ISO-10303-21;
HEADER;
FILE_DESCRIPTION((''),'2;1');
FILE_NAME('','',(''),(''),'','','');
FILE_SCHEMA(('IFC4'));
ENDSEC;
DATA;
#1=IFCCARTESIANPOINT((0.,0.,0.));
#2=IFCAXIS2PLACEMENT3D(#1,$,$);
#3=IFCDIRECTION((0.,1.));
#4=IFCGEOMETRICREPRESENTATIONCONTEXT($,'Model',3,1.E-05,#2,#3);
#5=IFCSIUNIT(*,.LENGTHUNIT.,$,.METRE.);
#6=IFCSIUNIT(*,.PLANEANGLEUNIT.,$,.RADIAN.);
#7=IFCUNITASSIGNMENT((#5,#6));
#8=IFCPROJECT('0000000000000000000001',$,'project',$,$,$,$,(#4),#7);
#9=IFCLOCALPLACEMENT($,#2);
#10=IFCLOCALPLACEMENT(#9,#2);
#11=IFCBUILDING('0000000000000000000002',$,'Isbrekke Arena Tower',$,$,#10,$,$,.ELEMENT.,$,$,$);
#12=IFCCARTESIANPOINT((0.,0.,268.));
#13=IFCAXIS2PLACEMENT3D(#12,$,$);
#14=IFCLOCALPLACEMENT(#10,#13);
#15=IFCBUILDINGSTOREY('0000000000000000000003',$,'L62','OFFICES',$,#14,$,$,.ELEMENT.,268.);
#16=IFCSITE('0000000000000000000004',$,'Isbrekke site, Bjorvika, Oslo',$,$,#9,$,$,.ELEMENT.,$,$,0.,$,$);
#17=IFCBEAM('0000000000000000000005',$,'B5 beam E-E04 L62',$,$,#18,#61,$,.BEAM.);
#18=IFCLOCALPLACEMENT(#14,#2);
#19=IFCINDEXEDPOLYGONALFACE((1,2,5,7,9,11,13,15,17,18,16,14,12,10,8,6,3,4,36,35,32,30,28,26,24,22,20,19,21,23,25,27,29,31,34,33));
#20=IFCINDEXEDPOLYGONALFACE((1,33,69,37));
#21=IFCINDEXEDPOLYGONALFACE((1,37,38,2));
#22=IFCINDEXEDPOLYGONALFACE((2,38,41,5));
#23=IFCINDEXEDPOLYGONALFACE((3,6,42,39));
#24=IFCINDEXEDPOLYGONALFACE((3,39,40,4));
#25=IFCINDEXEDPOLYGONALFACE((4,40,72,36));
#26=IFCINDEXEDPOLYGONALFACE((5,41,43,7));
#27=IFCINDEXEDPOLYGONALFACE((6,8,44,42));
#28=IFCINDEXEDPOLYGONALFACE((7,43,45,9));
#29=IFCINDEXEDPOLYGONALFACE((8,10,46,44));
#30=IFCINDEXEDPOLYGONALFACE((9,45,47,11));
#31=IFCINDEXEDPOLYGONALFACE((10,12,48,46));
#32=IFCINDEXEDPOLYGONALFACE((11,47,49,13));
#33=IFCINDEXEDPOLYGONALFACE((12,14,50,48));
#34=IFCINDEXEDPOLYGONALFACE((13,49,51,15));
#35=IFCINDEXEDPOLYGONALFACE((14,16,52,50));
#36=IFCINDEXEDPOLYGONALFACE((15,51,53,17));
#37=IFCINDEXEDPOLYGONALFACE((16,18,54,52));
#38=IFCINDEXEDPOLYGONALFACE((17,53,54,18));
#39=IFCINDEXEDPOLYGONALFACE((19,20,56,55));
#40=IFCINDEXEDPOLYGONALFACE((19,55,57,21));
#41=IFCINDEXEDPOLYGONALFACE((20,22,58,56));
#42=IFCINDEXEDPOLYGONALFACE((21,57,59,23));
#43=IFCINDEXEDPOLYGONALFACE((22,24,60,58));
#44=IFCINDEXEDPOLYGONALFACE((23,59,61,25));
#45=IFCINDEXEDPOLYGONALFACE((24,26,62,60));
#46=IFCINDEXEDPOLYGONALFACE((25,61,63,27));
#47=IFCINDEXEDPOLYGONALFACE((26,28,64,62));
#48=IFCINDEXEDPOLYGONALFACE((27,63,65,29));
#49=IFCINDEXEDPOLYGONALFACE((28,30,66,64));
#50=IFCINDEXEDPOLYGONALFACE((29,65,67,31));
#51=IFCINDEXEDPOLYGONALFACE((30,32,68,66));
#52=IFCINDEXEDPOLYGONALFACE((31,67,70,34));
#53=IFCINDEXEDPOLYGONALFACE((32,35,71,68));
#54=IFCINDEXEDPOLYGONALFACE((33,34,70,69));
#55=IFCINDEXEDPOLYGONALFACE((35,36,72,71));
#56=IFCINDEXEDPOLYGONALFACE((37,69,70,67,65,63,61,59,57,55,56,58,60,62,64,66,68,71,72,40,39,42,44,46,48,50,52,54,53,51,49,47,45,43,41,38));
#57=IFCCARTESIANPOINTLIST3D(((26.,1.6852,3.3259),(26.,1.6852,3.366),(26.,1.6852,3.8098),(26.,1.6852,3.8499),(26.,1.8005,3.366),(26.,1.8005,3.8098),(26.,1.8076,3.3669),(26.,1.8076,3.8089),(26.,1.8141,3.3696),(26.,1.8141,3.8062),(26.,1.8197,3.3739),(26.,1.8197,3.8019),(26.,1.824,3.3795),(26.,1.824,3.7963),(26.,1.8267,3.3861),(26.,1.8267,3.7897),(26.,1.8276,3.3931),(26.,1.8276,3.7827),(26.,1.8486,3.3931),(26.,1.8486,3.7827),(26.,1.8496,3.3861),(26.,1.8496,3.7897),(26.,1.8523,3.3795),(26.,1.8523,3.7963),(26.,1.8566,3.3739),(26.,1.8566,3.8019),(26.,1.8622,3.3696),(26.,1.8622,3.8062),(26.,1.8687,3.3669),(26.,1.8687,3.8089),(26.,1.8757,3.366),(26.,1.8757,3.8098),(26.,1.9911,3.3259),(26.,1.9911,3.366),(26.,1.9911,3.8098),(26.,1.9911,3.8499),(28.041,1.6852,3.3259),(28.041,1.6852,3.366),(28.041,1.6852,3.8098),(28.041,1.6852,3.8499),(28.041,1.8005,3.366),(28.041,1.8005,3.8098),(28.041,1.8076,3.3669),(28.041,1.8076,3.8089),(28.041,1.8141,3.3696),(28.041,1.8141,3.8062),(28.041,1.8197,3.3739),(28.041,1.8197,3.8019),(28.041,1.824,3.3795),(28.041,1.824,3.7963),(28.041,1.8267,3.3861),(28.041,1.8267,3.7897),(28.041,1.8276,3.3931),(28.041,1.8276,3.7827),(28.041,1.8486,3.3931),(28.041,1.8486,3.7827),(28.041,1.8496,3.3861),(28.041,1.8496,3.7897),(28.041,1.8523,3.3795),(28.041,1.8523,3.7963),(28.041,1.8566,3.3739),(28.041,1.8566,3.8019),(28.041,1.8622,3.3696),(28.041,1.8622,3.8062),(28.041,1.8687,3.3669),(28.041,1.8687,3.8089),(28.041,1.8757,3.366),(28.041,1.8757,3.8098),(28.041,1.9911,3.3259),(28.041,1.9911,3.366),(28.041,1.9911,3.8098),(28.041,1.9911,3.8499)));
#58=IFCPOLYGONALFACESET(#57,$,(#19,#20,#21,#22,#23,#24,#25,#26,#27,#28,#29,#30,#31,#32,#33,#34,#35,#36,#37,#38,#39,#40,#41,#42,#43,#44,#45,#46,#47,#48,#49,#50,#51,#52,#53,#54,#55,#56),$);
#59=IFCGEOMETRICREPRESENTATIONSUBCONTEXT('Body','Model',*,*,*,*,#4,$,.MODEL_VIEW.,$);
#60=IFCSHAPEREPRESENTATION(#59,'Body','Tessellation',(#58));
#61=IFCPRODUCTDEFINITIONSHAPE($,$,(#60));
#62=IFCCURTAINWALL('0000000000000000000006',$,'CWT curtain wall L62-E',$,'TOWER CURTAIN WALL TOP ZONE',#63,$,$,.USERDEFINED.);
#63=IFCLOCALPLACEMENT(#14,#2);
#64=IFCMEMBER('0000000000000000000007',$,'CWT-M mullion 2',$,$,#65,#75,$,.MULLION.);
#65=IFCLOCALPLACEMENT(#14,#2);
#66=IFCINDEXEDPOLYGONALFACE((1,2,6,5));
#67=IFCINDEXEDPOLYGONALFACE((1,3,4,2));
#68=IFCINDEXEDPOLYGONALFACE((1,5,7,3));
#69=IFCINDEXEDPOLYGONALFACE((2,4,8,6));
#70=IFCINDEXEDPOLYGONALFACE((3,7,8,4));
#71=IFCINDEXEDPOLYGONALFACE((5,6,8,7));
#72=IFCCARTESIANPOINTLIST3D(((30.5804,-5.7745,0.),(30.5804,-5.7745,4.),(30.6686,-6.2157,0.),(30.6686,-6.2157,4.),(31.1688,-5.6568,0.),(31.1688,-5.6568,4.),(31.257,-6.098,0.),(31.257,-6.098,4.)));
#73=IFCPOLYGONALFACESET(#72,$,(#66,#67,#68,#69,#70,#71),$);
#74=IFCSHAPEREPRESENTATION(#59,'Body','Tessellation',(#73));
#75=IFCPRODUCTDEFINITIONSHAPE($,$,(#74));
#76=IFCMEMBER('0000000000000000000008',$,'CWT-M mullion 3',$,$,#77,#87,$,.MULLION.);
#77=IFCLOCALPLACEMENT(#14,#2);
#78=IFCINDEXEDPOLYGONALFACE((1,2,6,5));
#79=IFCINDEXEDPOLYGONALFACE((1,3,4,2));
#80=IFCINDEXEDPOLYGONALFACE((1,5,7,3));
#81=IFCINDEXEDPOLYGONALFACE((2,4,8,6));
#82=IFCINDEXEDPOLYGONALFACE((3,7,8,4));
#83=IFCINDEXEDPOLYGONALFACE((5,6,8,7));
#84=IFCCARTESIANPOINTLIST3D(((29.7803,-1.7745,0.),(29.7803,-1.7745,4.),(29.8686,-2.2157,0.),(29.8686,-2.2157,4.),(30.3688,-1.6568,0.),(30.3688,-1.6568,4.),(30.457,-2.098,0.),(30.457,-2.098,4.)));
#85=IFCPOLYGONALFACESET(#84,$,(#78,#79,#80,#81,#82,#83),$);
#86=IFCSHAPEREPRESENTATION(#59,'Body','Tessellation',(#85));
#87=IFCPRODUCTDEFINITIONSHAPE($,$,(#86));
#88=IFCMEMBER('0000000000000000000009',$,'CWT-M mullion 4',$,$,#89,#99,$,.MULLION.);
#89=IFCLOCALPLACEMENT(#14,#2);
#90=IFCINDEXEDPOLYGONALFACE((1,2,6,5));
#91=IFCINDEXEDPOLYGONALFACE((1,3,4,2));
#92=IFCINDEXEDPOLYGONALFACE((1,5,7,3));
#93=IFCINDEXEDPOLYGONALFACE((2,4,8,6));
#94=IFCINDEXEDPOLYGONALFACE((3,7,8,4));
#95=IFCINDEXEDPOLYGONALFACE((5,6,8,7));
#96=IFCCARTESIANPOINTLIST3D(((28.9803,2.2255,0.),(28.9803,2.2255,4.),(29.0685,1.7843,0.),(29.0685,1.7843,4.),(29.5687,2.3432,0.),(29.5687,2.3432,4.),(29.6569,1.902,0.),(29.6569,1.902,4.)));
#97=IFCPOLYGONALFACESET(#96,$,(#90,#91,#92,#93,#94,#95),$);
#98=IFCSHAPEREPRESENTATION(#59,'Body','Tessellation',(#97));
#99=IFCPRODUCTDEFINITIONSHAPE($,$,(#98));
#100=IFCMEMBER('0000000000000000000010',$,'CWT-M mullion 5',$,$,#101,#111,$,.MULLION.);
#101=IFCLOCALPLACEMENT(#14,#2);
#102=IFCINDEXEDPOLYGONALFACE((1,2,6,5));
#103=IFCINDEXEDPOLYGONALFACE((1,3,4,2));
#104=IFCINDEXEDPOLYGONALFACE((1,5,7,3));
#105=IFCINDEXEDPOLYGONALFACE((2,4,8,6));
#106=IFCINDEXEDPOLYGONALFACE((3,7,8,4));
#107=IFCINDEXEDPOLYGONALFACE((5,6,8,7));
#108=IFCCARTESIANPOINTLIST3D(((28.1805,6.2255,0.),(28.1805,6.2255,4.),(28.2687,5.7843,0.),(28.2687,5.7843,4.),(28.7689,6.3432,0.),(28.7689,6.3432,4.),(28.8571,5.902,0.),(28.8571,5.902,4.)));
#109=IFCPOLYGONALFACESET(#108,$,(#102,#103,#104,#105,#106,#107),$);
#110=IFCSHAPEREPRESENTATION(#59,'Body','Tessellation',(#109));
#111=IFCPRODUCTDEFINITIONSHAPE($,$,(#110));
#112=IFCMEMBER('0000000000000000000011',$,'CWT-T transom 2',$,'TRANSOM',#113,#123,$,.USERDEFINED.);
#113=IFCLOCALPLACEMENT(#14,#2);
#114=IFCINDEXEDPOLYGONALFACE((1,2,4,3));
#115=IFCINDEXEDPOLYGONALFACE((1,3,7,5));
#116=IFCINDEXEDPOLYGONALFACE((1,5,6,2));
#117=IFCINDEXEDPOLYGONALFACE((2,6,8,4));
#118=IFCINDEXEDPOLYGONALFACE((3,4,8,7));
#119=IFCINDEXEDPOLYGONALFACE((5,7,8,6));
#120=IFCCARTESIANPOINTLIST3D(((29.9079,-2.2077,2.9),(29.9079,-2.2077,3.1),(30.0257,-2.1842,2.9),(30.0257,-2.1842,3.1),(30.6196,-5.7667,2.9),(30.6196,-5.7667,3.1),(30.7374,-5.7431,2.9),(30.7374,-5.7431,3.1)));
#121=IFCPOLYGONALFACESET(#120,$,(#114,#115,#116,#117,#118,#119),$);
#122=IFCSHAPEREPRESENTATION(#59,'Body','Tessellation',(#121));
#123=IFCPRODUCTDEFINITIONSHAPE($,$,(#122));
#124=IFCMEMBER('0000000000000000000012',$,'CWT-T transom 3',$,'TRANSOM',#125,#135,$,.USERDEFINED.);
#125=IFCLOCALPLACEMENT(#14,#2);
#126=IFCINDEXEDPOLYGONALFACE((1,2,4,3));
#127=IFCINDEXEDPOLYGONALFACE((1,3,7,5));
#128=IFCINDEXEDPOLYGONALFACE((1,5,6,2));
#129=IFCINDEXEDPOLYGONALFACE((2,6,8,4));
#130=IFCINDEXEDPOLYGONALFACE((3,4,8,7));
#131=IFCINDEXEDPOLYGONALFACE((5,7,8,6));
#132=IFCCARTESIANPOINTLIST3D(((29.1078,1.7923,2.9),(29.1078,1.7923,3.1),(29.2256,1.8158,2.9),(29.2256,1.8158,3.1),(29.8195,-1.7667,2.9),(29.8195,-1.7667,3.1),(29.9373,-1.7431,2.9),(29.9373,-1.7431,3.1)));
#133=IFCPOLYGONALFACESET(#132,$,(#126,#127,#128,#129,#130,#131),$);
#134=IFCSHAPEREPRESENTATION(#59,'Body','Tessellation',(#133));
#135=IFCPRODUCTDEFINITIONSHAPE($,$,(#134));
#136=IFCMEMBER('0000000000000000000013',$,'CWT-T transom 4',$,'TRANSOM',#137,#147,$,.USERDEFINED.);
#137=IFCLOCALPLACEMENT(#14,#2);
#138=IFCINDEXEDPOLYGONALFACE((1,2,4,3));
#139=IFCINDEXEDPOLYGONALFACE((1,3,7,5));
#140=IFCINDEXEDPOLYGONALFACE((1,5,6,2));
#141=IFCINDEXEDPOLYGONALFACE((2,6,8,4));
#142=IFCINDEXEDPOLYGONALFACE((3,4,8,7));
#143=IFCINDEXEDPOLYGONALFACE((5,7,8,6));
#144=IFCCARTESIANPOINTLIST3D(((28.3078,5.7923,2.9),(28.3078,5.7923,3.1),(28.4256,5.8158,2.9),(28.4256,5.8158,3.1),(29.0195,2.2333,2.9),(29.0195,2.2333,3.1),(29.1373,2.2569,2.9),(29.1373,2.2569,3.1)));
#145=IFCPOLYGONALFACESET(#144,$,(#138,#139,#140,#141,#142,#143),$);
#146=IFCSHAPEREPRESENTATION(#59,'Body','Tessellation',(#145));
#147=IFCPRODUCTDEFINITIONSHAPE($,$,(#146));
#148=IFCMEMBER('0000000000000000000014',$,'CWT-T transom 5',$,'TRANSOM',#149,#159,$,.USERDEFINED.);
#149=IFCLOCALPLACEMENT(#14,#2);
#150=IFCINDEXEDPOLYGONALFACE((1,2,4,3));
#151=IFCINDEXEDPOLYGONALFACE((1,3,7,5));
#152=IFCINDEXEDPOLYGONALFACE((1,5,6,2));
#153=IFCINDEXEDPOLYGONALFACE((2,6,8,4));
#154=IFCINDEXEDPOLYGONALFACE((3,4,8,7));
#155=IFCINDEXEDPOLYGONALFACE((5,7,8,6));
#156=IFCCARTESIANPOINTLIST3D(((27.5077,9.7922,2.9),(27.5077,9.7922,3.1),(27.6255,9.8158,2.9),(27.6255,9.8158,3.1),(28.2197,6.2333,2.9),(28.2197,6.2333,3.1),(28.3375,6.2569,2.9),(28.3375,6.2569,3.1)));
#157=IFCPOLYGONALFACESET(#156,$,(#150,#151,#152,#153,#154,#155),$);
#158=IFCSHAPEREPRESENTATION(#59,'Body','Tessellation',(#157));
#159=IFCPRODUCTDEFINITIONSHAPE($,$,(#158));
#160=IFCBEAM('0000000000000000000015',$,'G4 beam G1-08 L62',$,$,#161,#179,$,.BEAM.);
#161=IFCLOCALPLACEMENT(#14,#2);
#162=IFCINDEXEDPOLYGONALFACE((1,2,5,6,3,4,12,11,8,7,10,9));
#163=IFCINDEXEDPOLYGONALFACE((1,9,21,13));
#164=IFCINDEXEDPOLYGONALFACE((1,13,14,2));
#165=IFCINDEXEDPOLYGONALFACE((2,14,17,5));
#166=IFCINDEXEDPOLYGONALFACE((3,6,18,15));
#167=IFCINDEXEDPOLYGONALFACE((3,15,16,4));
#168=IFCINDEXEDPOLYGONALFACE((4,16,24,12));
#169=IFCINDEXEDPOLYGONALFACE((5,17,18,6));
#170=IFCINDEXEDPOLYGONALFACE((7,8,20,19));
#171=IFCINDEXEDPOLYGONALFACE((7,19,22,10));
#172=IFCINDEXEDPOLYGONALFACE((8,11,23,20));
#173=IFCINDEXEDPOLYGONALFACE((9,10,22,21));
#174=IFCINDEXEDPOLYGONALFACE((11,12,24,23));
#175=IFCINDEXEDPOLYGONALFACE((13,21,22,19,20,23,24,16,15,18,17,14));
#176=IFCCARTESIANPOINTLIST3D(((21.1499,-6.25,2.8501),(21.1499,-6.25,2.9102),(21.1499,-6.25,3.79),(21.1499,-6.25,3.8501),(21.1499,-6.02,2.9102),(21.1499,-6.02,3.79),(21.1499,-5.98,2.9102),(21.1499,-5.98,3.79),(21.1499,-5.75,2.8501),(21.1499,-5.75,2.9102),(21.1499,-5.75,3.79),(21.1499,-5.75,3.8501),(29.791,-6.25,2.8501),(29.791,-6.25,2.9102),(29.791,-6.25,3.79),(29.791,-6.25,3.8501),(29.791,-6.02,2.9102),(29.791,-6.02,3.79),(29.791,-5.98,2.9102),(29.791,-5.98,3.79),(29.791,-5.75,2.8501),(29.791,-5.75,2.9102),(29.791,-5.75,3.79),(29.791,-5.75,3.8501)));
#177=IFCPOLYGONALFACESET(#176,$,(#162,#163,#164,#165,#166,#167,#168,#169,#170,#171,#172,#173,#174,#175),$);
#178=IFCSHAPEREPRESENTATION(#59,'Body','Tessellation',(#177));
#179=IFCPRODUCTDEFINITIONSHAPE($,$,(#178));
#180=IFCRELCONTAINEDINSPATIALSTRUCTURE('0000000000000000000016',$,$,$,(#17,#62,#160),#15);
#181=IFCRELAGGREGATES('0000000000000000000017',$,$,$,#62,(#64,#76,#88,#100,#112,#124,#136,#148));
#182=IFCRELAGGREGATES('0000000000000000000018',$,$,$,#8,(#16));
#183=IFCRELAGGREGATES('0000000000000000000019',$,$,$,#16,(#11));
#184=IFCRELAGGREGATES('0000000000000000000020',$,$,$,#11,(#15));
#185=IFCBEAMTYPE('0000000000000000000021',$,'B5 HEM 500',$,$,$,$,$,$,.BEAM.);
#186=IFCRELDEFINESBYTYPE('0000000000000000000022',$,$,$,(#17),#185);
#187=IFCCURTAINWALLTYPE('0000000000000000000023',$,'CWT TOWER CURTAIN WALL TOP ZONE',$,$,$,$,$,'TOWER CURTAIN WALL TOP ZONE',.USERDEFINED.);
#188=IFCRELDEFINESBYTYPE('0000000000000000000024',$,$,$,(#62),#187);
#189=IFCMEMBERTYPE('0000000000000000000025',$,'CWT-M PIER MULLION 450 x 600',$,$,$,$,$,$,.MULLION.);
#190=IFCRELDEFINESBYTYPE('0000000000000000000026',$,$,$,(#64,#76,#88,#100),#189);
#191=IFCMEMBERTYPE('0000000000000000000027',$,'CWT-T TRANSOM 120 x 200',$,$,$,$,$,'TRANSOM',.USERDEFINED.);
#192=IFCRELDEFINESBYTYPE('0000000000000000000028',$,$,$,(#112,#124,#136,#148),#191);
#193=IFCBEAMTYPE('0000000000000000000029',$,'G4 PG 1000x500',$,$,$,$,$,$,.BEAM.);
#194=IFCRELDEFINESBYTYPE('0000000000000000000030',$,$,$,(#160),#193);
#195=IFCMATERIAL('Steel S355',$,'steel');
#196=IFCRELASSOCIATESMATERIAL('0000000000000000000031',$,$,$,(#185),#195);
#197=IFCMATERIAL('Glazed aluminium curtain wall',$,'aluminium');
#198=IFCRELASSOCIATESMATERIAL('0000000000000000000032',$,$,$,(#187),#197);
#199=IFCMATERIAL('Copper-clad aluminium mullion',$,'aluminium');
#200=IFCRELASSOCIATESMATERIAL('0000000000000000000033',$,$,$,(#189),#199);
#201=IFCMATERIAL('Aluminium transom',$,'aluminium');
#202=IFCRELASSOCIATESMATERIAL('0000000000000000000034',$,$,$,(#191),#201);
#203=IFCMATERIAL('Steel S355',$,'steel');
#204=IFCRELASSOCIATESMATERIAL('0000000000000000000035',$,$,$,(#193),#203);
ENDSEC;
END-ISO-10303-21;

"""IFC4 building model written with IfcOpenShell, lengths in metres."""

from ifc_helpers import new_model, si_unit, direction, frame, origin, origin_2d, place, context, subcontext, project, spatial, rectangle, i_section, extrude, material, material_profile, profile_set, type_object, element, aggregate, save


model = new_model("IFC4")

# Units and contexts
model_context = context("Model", 3, precision=1e-05, world=origin(), true_north=direction((0.0, 1.0)))
body_context = subcontext(model_context, "Body", "Model", "MODEL_VIEW")
ifc_project = project(units=[si_unit("LENGTHUNIT", "METRE"), si_unit("PLANEANGLEUNIT", "RADIAN")], contexts=[model_context])

# Site, building, storey
site_placement = place(None, origin())
site = spatial("IfcSite", under=ifc_project, at=site_placement, Name="Isbrekke site, Bjorvika, Oslo", CompositionType="ELEMENT", RefElevation=0.0)
building_placement = place(site_placement, origin())
building = spatial("IfcBuilding", under=site, at=building_placement, Name="Isbrekke Arena Tower", CompositionType="ELEMENT")
storey_placement = place(building_placement, frame((0.0, 0.0, 268.0)))
storey = spatial("IfcBuildingStorey", under=building, at=storey_placement, Name="L62", Description="OFFICES", CompositionType="ELEMENT", Elevation=268.0)

# Beam
ifc_material_1 = material(Name="Steel S355", Category="steel")
ifc_material_profile_1 = material_profile(ifc_material_1, i_section(OverallWidth=0.3059, OverallDepth=0.5239, WebThickness=0.021, FlangeThickness=0.04, FilletRadius=0.0271, at=origin_2d()), Name="HEM 500")
ifc_profile_set_1 = profile_set([ifc_material_profile_1], Name="Steel S355")
beam_type_1 = type_object("IfcBeamType", Name="B5 HEM 500", PredefinedType="BEAM", material=ifc_profile_set_1)
beam_1_placement = place(storey_placement, frame((28.041, 1.8381, 3.5879), z_axis=(-1.0, 0.0, 0.0), x_axis=(0.0, -1.0, 0.0)))
element("IfcBeam", 1, at=beam_1_placement, inside=storey, type_object=beam_type_1, Name="B5 beam E-E04 L62", PredefinedType="BEAM", context=body_context, shape_type="SweptSolid", body=[
    extrude(i_section(OverallWidth=0.3059, OverallDepth=0.5239, WebThickness=0.021, FlangeThickness=0.04, FilletRadius=0.0271, at=origin_2d()), origin(), (0.0, 0.0, 1.0), 2.041),
])

# Curtain wall, members
ifc_material_2 = material(Name="Glazed aluminium curtain wall", Category="aluminium")
curtain_wall_type = type_object("IfcCurtainWallType", Name="CWT TOWER CURTAIN WALL TOP ZONE", ElementType="TOWER CURTAIN WALL TOP ZONE", PredefinedType="USERDEFINED", material=ifc_material_2)
curtain_wall_placement = place(storey_placement, origin())
curtain_wall = element("IfcCurtainWall", 2, at=curtain_wall_placement, inside=storey, type_object=curtain_wall_type, Name="CWT curtain wall L62-E", ObjectType="TOWER CURTAIN WALL TOP ZONE", PredefinedType="USERDEFINED")
ifc_material_3 = material(Name="Copper-clad aluminium mullion", Category="aluminium")
ifc_material_profile_2 = material_profile(ifc_material_3, rectangle(XDim=0.45, YDim=0.6001, at=origin_2d()), Name="PIER 450X600")
ifc_profile_set_2 = profile_set([ifc_material_profile_2], Name="Copper-clad aluminium mullion")
member_type_1 = type_object("IfcMemberType", Name="CWT-M PIER MULLION 450 x 600", PredefinedType="MULLION", material=ifc_profile_set_2)
member_1_placement = place(storey_placement, frame((30.9187, -5.9363, 0.0), z_axis=(0.0, 0.0, 1.0), x_axis=(-0.196116, 0.980581, 0.0)))
member_1 = element("IfcMember", 3, at=member_1_placement, type_object=member_type_1, Name="CWT-M mullion 2", PredefinedType="MULLION", context=body_context, shape_type="SweptSolid", body=[
    extrude(rectangle(XDim=0.45, YDim=0.6001, at=origin_2d()), origin(), (0.0, 0.0, 1.0), 4.0),
])
member_2_placement = place(storey_placement, frame((30.1187, -1.9363, 0.0), z_axis=(0.0, 0.0, 1.0), x_axis=(-0.196116, 0.980581, 0.0)))
member_2 = element("IfcMember", 4, at=member_2_placement, type_object=member_type_1, Name="CWT-M mullion 3", PredefinedType="MULLION", context=body_context, shape_type="SweptSolid", body=[
    extrude(rectangle(XDim=0.45, YDim=0.6001, at=origin_2d()), origin(), (0.0, 0.0, 1.0), 4.0),
])
member_3_placement = place(storey_placement, frame((29.3186, 2.0637, 0.0), z_axis=(0.0, 0.0, 1.0), x_axis=(-0.196116, 0.980581, 0.0)))
member_3 = element("IfcMember", 5, at=member_3_placement, type_object=member_type_1, Name="CWT-M mullion 4", PredefinedType="MULLION", context=body_context, shape_type="SweptSolid", body=[
    extrude(rectangle(XDim=0.45, YDim=0.6001, at=origin_2d()), origin(), (0.0, 0.0, 1.0), 4.0),
])
member_4_placement = place(storey_placement, frame((28.5188, 6.0637, 0.0), z_axis=(0.0, 0.0, 1.0), x_axis=(-0.196116, 0.980581, 0.0)))
member_4 = element("IfcMember", 6, at=member_4_placement, type_object=member_type_1, Name="CWT-M mullion 5", PredefinedType="MULLION", context=body_context, shape_type="SweptSolid", body=[
    extrude(rectangle(XDim=0.45, YDim=0.6001, at=origin_2d()), origin(), (0.0, 0.0, 1.0), 4.0),
])
ifc_material_4 = material(Name="Aluminium transom", Category="aluminium")
ifc_material_profile_3 = material_profile(ifc_material_4, rectangle(XDim=0.1201, YDim=0.2, at=origin_2d()), Name="TRANSOM 120X200")
ifc_profile_set_3 = profile_set([ifc_material_profile_3], Name="Aluminium transom")
member_type_2 = type_object("IfcMemberType", Name="CWT-T TRANSOM 120 x 200", ElementType="TRANSOM", PredefinedType="USERDEFINED", material=ifc_profile_set_3)
member_5_placement = place(storey_placement, frame((30.6785, -5.7549, 3.0), z_axis=(-0.19609, 0.980586, 0.0), x_axis=(-0.980586, -0.19609, 0.0)))
member_5 = element("IfcMember", 7, at=member_5_placement, type_object=member_type_2, Name="CWT-T transom 2", ObjectType="TRANSOM", PredefinedType="USERDEFINED", context=body_context, shape_type="SweptSolid", body=[
    extrude(rectangle(XDim=0.1201, YDim=0.2, at=origin_2d()), origin(), (0.0, 0.0, 1.0), 3.6294),
])
member_6_placement = place(storey_placement, frame((29.8784, -1.7549, 3.0), z_axis=(-0.19609, 0.980586, 0.0), x_axis=(-0.980586, -0.19609, 0.0)))
member_6 = element("IfcMember", 8, at=member_6_placement, type_object=member_type_2, Name="CWT-T transom 3", ObjectType="TRANSOM", PredefinedType="USERDEFINED", context=body_context, shape_type="SweptSolid", body=[
    extrude(rectangle(XDim=0.1201, YDim=0.2, at=origin_2d()), origin(), (0.0, 0.0, 1.0), 3.6294),
])
member_7_placement = place(storey_placement, frame((29.0784, 2.2451, 3.0), z_axis=(-0.19609, 0.980586, 0.0), x_axis=(-0.980586, -0.19609, 0.0)))
member_7 = element("IfcMember", 9, at=member_7_placement, type_object=member_type_2, Name="CWT-T transom 4", ObjectType="TRANSOM", PredefinedType="USERDEFINED", context=body_context, shape_type="SweptSolid", body=[
    extrude(rectangle(XDim=0.1201, YDim=0.2, at=origin_2d()), origin(), (0.0, 0.0, 1.0), 3.6294),
])
member_8_placement = place(storey_placement, frame((28.2786, 6.2451, 3.0), z_axis=(-0.196155, 0.980573, 0.0), x_axis=(-0.980573, -0.196155, 0.0)))
member_8 = element("IfcMember", 10, at=member_8_placement, type_object=member_type_2, Name="CWT-T transom 5", ObjectType="TRANSOM", PredefinedType="USERDEFINED", context=body_context, shape_type="SweptSolid", body=[
    extrude(rectangle(XDim=0.1201, YDim=0.2, at=origin_2d()), origin(), (0.0, 0.0, 1.0), 3.6294),
])

# Beam
ifc_material_5 = material(Name="Steel S355", Category="steel")
ifc_material_profile_4 = material_profile(ifc_material_5, i_section(OverallWidth=0.5, OverallDepth=1.0, WebThickness=0.04, FlangeThickness=0.0601, at=origin_2d()), Name="PG 1000x500")
ifc_profile_set_4 = profile_set([ifc_material_profile_4], Name="Steel S355")
beam_type_2 = type_object("IfcBeamType", Name="G4 PG 1000x500", PredefinedType="BEAM", material=ifc_profile_set_4)
beam_2_placement = place(storey_placement, frame((21.1499, -6.0, 3.3501), z_axis=(1.0, 0.0, 0.0), x_axis=(0.0, 1.0, 0.0)))
element("IfcBeam", 11, at=beam_2_placement, inside=storey, type_object=beam_type_2, Name="G4 beam G1-08 L62", PredefinedType="BEAM", context=body_context, shape_type="SweptSolid", body=[
    extrude(i_section(OverallWidth=0.5, OverallDepth=1.0, WebThickness=0.04, FlangeThickness=0.0601, at=origin_2d()), origin(), (0.0, 0.0, 1.0), 8.6411),
])

aggregate(curtain_wall, [member_1, member_2, member_3, member_4, member_5, member_6, member_7, member_8])

save(model, "model.ifc")
